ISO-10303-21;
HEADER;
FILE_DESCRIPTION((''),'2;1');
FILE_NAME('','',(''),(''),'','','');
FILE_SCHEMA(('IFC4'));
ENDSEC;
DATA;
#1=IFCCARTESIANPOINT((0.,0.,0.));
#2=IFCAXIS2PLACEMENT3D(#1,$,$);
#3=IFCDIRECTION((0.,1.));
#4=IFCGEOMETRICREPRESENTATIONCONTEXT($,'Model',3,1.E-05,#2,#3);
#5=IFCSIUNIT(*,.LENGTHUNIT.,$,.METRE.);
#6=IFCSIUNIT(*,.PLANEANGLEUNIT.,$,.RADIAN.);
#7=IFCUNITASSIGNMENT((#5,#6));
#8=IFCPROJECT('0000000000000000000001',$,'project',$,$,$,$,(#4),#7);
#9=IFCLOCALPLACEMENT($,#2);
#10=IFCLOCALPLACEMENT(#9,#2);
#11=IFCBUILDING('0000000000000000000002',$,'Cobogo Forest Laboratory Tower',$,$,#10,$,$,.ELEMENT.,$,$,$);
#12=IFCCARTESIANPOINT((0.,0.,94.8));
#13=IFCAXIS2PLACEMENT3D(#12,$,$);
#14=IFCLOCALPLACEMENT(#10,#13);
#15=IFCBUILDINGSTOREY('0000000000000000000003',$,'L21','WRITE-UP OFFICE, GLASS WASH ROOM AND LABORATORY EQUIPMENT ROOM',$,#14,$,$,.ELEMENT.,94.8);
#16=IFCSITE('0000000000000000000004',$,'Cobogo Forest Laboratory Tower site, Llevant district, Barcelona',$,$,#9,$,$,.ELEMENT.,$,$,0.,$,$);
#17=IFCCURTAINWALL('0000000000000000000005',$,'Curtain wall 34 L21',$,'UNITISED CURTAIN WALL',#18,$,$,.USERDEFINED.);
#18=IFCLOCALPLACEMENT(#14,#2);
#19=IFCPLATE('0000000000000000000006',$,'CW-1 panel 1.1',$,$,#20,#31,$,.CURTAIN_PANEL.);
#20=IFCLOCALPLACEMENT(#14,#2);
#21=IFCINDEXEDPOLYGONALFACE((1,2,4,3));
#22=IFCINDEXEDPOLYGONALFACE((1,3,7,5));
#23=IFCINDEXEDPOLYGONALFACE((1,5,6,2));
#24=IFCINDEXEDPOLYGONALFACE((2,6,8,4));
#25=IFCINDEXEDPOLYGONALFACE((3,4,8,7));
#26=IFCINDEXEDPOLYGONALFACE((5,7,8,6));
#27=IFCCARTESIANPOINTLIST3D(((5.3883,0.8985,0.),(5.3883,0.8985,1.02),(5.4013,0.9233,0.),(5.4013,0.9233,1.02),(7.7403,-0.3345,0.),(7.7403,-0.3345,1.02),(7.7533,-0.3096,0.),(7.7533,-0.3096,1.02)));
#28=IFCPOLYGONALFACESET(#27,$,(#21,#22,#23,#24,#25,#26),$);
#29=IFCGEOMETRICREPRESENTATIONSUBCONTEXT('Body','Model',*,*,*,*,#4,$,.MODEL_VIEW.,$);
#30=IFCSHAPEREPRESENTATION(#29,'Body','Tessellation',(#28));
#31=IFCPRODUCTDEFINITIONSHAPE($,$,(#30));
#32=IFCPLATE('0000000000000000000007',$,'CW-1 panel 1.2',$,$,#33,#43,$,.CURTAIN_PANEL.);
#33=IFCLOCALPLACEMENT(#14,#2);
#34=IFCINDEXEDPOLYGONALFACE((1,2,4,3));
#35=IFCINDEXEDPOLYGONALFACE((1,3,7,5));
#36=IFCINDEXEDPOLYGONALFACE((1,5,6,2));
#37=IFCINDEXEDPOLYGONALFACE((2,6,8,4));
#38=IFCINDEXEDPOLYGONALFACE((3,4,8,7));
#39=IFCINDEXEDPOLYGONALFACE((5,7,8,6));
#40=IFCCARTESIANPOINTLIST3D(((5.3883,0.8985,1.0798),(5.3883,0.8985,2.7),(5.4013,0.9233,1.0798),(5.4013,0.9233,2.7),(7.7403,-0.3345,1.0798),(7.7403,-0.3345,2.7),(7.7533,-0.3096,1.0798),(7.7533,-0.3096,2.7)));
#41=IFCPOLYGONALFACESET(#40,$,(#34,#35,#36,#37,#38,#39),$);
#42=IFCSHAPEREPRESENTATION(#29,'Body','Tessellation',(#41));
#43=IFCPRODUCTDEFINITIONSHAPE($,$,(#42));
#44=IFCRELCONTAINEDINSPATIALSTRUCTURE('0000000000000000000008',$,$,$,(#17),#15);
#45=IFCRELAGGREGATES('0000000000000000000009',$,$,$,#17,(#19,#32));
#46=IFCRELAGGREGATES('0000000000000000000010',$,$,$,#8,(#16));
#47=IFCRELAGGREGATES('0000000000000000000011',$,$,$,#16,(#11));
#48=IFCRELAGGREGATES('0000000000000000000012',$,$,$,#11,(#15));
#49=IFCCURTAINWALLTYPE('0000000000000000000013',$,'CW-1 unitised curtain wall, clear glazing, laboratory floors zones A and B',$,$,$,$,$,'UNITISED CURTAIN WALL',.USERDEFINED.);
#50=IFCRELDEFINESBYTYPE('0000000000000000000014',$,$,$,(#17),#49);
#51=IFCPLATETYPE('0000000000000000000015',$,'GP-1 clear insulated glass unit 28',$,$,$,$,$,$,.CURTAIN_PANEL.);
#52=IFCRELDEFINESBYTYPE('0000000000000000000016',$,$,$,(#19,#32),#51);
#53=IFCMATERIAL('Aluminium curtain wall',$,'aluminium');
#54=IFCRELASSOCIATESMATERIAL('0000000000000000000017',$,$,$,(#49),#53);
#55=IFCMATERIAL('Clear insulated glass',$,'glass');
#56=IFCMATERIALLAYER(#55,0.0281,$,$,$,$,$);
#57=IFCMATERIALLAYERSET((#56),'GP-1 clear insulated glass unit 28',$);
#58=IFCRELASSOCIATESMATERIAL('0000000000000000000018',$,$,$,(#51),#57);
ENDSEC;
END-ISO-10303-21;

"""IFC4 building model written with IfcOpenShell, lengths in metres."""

from ifc_helpers import new_model, si_unit, direction, frame, origin, origin_2d, place, context, subcontext, project, spatial, rectangle, extrude, material, layer, layer_set, type_object, element, aggregate, save


model = new_model("IFC4")

# Units and contexts
model_context = context("Model", 3, precision=1e-05, world=origin(), true_north=direction((0.0, 1.0)))
body_context = subcontext(model_context, "Body", "Model", "MODEL_VIEW")
ifc_project = project(units=[si_unit("LENGTHUNIT", "METRE"), si_unit("PLANEANGLEUNIT", "RADIAN")], contexts=[model_context])

# Site, building, storey
site_placement = place(None, origin())
site = spatial("IfcSite", under=ifc_project, at=site_placement, Name="Cobogo Forest Laboratory Tower site, Llevant district, Barcelona", CompositionType="ELEMENT", RefElevation=0.0)
building_placement = place(site_placement, origin())
building = spatial("IfcBuilding", under=site, at=building_placement, Name="Cobogo Forest Laboratory Tower", CompositionType="ELEMENT")
storey_placement = place(building_placement, frame((0.0, 0.0, 94.8)))
storey = spatial("IfcBuildingStorey", under=building, at=storey_placement, Name="L21", Description="WRITE-UP OFFICE, GLASS WASH ROOM AND LABORATORY EQUIPMENT ROOM", CompositionType="ELEMENT", Elevation=94.8)

# Shared definitions
ifc_material_1 = material(Name="Aluminium curtain wall", Category="aluminium")
curtain_wall_type = type_object("IfcCurtainWallType", Name="CW-1 unitised curtain wall, clear glazing, laboratory floors zones A and B", ElementType="UNITISED CURTAIN WALL", PredefinedType="USERDEFINED", material=ifc_material_1)

# Curtain wall
curtain_wall_1_placement = place(storey_placement, origin())
curtain_wall_1 = element("IfcCurtainWall", 1, at=curtain_wall_1_placement, inside=storey, type_object=curtain_wall_type, Name="Curtain wall 34 L21", ObjectType="UNITISED CURTAIN WALL", PredefinedType="USERDEFINED")

# Plates
ifc_material_2 = material(Name="Clear insulated glass", Category="glass")
ifc_layer = layer(ifc_material_2, 0.0281)
ifc_layer_set = layer_set([ifc_layer], Name="GP-1 clear insulated glass unit 28")
plate_type = type_object("IfcPlateType", Name="GP-1 clear insulated glass unit 28", PredefinedType="CURTAIN_PANEL", material=ifc_layer_set)
plate_1_placement = place(storey_placement, frame((6.5708, 0.2944, 0.0), z_axis=(0.0, 0.0, 1.0), x_axis=(0.885687, -0.464284, 0.0)))
plate_1 = element("IfcPlate", 2, at=plate_1_placement, type_object=plate_type, Name="CW-1 panel 1.1", PredefinedType="CURTAIN_PANEL", context=body_context, shape_type="SweptSolid", body=[
    extrude(rectangle(XDim=2.6555, YDim=0.0281, at=origin_2d()), origin(), (0.0, 0.0, 1.0), 1.02),
])
plate_2_placement = place(storey_placement, frame((6.5708, 0.2944, 1.0798), z_axis=(0.0, 0.0, 1.0), x_axis=(0.885687, -0.464284, 0.0)))
plate_2 = element("IfcPlate", 3, at=plate_2_placement, type_object=plate_type, Name="CW-1 panel 1.2", PredefinedType="CURTAIN_PANEL", context=body_context, shape_type="SweptSolid", body=[
    extrude(rectangle(XDim=2.6555, YDim=0.0281, at=origin_2d()), origin(), (0.0, 0.0, 1.0), 1.6201),
])
aggregate(curtain_wall_1, [plate_1, plate_2])

save(model, "model.ifc")
